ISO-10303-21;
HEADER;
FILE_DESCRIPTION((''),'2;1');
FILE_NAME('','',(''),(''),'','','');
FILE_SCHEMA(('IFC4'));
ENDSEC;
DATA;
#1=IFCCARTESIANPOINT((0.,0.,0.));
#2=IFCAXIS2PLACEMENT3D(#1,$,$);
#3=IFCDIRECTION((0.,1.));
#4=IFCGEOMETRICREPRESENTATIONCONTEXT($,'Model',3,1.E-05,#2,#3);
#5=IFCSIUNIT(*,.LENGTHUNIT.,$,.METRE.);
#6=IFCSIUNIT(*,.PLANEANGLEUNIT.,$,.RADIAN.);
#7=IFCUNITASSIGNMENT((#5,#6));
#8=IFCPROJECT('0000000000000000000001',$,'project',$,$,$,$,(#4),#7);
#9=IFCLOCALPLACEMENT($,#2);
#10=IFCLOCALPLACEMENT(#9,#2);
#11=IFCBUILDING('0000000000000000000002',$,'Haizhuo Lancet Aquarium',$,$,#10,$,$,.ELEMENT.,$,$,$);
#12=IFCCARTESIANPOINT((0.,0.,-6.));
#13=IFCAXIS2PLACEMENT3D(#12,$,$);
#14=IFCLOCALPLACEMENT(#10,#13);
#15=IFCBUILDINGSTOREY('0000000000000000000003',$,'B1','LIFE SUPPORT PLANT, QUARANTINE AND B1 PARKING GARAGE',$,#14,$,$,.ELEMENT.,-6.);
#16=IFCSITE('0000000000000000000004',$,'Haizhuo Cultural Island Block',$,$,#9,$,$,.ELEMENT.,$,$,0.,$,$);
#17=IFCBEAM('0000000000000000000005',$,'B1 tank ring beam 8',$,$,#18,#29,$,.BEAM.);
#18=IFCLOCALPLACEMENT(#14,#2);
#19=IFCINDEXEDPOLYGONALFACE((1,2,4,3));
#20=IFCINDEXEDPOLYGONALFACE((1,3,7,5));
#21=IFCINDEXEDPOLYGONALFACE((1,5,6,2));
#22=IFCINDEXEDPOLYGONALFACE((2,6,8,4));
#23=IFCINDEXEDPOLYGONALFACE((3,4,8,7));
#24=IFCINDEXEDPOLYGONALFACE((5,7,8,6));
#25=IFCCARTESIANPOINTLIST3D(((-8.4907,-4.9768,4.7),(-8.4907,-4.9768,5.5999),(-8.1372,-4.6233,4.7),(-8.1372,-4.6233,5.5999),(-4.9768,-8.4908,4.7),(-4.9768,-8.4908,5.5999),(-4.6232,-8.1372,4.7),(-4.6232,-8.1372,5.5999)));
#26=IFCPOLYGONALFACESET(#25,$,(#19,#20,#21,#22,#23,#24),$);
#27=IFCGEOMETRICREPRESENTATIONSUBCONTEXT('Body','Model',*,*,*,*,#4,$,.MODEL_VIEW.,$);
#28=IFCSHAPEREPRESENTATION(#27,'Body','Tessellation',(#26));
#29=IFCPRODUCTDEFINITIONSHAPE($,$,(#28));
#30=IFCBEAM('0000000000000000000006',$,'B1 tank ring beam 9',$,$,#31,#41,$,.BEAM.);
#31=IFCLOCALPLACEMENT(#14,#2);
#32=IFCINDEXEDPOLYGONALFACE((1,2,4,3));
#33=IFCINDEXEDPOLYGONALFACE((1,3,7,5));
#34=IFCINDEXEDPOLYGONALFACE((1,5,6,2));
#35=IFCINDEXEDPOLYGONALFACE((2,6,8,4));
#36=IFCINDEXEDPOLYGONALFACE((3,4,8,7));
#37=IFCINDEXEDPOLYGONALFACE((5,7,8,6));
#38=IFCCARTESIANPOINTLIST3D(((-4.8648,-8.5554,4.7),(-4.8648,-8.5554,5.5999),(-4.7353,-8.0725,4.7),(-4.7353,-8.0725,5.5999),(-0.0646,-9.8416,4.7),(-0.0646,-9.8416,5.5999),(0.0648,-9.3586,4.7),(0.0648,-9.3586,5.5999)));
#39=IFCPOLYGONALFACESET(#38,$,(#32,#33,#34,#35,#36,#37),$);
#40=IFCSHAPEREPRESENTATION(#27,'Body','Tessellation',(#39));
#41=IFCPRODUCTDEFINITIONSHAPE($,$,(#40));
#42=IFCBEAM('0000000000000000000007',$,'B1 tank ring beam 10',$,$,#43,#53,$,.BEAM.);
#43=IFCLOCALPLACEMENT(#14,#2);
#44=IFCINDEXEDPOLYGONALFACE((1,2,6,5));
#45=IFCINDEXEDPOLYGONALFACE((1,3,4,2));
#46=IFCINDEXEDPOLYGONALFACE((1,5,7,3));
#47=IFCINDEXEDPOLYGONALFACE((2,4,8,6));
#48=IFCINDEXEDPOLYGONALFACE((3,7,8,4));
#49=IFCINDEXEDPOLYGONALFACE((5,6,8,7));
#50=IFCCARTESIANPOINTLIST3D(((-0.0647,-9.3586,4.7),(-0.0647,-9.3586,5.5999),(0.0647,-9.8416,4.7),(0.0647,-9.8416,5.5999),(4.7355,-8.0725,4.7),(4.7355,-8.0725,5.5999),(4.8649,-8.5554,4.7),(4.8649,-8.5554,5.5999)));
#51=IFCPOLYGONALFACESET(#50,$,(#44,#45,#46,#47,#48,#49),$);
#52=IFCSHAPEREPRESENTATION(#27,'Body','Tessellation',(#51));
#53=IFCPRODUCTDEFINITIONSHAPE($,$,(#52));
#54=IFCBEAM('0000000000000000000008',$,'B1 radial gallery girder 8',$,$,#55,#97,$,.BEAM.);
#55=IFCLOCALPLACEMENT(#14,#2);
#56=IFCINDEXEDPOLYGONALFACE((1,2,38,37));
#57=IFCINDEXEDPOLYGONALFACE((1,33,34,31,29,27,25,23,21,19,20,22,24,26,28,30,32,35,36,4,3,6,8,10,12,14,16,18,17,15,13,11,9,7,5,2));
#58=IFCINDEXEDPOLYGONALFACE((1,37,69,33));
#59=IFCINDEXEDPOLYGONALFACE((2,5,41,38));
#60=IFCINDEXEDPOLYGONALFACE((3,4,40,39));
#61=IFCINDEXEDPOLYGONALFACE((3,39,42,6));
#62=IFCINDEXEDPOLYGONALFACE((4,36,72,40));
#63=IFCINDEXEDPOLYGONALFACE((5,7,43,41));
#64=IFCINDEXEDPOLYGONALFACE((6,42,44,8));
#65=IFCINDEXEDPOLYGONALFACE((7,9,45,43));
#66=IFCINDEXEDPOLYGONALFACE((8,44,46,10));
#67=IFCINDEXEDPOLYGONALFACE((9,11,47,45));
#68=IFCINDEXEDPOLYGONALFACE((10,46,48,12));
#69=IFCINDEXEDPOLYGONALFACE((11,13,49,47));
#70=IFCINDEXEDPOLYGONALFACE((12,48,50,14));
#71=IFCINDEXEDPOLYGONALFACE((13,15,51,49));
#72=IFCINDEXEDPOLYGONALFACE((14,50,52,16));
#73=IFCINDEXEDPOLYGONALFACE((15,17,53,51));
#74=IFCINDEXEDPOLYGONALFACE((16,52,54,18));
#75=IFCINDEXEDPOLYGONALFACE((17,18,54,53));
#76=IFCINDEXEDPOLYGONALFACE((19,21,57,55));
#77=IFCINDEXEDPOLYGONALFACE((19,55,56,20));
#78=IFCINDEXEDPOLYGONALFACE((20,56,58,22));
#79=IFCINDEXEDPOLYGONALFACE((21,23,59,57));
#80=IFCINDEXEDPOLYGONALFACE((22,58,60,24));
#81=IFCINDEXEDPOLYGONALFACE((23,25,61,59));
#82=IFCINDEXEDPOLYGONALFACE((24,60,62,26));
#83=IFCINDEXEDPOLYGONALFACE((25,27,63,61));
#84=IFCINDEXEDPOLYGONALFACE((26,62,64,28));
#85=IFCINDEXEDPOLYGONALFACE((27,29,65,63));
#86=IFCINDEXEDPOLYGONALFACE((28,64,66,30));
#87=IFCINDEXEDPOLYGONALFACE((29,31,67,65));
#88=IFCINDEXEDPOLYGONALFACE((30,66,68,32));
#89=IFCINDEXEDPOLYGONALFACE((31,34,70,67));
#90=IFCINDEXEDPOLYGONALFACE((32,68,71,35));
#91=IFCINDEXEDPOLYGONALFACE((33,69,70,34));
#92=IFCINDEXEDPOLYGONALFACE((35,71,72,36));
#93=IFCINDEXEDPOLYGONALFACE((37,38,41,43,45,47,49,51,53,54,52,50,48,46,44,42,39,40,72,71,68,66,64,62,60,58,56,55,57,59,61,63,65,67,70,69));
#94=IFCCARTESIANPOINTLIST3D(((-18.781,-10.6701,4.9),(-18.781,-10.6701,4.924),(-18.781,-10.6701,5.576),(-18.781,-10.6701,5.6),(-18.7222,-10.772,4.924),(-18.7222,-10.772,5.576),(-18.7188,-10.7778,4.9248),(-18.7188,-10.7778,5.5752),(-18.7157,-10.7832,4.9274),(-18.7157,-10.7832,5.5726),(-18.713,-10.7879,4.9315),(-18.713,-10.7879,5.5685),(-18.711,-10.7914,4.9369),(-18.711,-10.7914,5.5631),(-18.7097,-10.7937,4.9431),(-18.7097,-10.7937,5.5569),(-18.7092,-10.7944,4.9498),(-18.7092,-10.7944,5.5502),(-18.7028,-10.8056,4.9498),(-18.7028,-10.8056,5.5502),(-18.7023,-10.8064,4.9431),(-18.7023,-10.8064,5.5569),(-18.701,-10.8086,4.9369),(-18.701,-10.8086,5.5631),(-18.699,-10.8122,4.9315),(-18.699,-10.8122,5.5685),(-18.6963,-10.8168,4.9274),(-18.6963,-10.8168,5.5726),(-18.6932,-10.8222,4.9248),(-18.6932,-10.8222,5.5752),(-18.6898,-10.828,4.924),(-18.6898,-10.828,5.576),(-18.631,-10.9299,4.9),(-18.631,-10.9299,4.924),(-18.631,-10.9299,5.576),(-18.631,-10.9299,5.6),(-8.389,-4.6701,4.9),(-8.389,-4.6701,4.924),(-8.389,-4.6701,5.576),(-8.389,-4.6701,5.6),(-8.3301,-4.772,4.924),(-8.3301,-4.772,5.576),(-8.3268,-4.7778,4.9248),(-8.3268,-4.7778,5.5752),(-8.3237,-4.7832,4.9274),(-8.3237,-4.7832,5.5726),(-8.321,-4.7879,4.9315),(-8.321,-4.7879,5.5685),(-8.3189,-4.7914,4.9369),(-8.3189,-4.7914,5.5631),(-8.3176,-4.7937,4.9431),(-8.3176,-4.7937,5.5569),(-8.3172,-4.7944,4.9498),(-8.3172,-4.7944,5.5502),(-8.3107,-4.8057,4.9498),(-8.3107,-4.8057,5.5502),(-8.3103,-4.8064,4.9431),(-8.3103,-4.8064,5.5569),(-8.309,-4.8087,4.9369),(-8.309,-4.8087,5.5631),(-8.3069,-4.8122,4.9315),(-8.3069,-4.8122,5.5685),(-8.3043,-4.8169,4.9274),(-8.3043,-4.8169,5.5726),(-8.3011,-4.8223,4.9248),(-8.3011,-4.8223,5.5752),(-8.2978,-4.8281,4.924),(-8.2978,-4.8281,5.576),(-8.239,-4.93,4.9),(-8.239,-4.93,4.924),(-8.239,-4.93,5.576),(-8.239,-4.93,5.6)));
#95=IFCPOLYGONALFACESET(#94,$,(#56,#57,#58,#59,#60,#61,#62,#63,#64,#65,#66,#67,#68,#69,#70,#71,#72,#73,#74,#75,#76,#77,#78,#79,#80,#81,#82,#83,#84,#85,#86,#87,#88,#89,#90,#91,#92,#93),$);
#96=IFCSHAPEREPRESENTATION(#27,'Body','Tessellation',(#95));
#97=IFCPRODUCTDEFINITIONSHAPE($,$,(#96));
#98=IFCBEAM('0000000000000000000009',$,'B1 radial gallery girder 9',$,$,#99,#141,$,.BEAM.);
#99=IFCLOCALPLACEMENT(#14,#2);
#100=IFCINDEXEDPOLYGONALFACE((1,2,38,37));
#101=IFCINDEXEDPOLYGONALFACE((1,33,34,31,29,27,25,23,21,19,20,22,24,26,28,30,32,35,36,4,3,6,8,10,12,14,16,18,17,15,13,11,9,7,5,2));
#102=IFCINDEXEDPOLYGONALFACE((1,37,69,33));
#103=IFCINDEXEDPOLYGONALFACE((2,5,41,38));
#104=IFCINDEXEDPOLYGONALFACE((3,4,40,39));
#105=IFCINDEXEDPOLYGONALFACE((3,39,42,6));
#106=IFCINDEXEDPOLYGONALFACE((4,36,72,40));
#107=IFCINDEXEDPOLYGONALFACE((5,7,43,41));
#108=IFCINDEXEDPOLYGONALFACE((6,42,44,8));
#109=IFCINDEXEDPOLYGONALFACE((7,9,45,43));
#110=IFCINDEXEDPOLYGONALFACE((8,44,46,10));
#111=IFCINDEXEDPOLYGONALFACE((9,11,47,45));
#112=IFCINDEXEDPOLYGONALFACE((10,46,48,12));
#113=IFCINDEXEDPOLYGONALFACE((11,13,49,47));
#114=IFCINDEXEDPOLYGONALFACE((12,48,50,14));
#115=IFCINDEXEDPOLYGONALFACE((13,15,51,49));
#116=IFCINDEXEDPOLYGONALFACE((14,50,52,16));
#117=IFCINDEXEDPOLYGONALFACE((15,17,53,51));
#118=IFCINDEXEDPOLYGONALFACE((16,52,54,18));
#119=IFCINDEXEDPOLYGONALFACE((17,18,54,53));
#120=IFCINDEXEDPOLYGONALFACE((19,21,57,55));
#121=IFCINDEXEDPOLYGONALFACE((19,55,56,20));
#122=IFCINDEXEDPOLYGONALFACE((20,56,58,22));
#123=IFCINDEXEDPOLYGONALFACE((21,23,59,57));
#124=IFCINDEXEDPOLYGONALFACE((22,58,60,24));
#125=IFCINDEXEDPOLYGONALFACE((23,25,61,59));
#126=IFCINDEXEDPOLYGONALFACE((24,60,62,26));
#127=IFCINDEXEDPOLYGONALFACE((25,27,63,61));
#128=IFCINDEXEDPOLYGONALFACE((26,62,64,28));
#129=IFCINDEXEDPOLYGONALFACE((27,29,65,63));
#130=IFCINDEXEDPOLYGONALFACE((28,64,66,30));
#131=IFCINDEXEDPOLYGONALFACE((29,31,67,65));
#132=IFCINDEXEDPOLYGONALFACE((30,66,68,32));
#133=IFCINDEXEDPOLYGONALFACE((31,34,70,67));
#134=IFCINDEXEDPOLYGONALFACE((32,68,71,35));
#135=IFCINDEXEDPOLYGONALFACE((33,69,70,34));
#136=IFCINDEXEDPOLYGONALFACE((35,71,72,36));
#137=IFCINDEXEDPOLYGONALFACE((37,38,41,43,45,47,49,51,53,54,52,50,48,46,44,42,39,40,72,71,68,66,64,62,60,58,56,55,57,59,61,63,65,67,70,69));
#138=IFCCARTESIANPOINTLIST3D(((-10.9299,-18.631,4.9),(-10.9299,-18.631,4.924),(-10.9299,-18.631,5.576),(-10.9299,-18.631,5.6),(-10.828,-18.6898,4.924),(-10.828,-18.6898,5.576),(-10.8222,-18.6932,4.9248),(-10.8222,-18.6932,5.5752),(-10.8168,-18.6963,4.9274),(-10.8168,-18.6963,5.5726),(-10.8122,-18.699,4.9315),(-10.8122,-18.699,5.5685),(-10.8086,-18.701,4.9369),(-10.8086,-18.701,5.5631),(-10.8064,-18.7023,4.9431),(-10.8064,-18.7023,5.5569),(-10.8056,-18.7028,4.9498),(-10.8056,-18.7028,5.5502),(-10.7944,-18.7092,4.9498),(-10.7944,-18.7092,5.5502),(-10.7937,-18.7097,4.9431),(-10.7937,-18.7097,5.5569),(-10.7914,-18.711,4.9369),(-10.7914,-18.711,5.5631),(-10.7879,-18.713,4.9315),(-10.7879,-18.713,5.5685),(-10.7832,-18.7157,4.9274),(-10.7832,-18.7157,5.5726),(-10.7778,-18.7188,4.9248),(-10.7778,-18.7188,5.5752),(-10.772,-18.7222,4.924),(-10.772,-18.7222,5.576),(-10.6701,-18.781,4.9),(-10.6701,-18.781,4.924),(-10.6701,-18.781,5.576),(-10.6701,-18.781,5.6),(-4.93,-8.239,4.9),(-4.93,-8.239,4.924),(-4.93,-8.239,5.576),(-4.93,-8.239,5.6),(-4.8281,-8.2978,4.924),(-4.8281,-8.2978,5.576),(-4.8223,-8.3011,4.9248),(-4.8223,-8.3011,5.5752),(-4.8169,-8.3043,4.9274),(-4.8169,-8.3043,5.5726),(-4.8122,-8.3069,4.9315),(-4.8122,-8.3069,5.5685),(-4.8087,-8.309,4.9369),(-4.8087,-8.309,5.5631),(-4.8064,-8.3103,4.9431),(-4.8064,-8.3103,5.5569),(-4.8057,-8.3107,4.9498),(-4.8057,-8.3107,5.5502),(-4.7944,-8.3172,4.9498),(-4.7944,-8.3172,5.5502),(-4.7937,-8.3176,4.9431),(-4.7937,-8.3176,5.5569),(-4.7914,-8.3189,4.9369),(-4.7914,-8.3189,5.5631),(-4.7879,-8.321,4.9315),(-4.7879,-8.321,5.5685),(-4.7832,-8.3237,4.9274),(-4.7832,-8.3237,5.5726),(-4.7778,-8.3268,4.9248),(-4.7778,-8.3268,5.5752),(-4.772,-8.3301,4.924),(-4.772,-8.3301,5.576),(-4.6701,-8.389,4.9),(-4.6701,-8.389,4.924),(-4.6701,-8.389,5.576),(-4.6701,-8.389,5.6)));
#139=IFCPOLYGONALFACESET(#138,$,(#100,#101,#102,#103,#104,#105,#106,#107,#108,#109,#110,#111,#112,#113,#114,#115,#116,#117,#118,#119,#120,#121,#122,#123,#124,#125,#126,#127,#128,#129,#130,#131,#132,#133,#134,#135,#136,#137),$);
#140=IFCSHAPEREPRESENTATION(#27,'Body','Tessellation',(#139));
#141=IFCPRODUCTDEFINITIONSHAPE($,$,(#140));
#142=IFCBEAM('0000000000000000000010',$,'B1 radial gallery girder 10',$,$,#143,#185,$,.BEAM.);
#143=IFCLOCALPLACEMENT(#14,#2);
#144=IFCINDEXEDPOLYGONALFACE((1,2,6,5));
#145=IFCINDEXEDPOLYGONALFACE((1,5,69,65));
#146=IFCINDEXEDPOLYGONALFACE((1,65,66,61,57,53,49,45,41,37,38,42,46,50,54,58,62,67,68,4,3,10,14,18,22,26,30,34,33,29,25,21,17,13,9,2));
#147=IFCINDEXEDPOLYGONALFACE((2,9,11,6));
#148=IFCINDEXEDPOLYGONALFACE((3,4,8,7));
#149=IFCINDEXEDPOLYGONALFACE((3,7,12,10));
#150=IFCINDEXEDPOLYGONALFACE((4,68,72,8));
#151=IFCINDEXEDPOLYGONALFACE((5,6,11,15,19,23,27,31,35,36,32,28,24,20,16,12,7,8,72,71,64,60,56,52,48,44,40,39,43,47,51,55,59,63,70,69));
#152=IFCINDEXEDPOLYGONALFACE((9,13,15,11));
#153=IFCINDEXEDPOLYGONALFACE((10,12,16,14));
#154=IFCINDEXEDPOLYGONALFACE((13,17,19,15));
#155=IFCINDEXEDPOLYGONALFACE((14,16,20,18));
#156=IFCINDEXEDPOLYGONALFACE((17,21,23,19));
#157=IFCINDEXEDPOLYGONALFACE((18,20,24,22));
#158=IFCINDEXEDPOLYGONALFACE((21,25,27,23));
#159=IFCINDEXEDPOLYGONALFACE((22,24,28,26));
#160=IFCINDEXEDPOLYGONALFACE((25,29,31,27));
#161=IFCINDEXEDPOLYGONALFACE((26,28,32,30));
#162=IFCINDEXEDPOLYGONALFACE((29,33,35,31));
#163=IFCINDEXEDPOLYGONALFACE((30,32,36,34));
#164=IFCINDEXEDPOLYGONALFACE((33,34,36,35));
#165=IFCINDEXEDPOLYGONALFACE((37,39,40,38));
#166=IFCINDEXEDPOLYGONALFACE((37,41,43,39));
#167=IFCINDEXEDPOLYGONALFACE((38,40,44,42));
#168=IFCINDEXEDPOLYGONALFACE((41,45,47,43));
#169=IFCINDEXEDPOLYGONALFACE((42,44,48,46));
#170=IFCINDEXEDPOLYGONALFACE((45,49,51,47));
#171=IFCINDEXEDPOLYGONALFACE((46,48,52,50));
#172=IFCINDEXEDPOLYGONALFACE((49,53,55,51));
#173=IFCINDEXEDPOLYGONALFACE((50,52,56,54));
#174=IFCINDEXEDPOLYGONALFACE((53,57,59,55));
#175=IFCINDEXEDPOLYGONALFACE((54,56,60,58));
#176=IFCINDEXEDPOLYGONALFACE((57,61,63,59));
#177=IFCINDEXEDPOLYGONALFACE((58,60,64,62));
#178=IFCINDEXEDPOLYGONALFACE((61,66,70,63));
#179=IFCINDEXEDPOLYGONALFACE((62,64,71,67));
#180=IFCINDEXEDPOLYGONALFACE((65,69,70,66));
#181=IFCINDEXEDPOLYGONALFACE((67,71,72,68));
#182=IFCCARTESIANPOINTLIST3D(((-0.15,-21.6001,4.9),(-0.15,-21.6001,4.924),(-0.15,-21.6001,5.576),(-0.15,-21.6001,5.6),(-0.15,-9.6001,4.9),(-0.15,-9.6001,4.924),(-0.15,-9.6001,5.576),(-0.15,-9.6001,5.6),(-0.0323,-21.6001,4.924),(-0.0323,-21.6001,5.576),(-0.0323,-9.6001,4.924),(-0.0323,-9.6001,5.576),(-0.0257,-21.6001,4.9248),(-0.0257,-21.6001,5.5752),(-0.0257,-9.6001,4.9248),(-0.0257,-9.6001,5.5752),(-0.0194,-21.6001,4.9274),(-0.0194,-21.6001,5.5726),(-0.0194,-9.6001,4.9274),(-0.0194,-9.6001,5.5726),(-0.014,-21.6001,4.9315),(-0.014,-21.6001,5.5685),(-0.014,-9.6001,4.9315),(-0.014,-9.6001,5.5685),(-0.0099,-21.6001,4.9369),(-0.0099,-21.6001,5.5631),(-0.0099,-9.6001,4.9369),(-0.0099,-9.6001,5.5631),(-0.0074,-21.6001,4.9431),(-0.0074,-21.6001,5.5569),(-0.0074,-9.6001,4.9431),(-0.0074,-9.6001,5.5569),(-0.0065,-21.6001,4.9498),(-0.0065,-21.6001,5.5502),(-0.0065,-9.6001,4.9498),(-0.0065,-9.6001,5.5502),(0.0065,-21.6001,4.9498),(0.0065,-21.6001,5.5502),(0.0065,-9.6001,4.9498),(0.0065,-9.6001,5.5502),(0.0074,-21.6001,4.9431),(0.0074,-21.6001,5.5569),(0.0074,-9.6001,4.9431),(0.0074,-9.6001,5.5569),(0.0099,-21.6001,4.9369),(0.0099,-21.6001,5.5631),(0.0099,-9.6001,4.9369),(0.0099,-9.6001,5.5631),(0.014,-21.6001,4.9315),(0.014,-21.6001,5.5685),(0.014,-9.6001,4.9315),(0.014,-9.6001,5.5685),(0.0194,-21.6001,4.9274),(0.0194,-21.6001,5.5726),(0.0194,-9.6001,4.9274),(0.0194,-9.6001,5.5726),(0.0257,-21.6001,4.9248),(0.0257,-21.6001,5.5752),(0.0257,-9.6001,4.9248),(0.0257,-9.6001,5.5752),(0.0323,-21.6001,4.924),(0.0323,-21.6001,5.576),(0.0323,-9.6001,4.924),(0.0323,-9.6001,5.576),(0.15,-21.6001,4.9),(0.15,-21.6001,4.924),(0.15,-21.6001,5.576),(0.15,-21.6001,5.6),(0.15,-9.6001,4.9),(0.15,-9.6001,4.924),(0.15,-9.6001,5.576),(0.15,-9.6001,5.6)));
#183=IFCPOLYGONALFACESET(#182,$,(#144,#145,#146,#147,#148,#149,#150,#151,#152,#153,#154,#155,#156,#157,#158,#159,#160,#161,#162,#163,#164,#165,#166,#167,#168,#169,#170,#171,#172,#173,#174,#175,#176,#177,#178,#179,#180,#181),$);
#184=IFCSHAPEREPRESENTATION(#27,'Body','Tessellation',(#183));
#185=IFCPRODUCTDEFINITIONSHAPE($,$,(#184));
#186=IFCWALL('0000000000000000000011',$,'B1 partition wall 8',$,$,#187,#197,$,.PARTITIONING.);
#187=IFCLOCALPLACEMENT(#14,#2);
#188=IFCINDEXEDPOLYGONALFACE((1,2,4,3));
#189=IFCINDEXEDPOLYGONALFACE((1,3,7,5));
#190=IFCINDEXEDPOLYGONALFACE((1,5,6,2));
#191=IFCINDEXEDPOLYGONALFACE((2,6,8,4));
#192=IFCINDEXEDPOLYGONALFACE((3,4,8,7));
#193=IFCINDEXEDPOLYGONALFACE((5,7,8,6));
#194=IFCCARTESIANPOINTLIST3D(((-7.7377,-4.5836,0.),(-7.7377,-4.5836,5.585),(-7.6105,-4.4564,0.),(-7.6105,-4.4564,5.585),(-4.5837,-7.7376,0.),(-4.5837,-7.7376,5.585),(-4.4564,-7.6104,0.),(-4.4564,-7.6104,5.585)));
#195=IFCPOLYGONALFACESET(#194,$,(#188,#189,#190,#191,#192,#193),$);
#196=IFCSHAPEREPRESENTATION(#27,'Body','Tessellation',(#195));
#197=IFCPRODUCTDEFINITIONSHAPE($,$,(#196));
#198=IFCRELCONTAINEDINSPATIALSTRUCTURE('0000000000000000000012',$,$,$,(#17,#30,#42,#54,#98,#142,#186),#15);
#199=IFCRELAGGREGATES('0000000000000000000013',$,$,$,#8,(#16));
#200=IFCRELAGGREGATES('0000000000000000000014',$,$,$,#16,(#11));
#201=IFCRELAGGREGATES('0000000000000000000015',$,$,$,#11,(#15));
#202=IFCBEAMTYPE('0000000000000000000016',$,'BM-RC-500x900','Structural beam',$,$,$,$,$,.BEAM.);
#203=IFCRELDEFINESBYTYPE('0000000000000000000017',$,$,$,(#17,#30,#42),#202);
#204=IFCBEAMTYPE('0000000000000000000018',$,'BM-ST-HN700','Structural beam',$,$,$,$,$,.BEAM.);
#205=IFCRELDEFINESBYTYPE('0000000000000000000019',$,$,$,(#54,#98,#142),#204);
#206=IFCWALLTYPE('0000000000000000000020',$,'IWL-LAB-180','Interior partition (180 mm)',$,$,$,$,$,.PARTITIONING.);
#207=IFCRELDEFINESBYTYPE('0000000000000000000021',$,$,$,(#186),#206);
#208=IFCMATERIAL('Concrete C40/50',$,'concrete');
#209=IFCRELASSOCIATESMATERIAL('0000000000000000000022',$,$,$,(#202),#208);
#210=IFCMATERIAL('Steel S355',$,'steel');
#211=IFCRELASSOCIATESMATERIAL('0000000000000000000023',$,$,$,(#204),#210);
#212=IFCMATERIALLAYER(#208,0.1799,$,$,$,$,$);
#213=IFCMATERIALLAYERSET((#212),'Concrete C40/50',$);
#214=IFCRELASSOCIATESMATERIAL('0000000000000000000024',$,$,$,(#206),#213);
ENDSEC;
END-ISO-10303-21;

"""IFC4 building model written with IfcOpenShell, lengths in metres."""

from ifc_helpers import new_model, si_unit, direction, frame, frame_2d, origin, origin_2d, place, context, subcontext, project, spatial, rectangle, i_section, extrude, material, layer, layer_set, material_profile, profile_set, type_object, element, save


model = new_model("IFC4")

# Units and contexts
model_context = context("Model", 3, precision=1e-05, world=origin(), true_north=direction((0.0, 1.0)))
body_context = subcontext(model_context, "Body", "Model", "MODEL_VIEW")
ifc_project = project(units=[si_unit("LENGTHUNIT", "METRE"), si_unit("PLANEANGLEUNIT", "RADIAN")], contexts=[model_context])

# Site, building, storey
site_placement = place(None, origin())
site = spatial("IfcSite", under=ifc_project, at=site_placement, Name="Haizhuo Cultural Island Block", CompositionType="ELEMENT", RefElevation=0.0)
building_placement = place(site_placement, origin())
building = spatial("IfcBuilding", under=site, at=building_placement, Name="Haizhuo Lancet Aquarium", CompositionType="ELEMENT")
storey_placement = place(building_placement, frame((0.0, 0.0, -6.0)))
storey = spatial("IfcBuildingStorey", under=building, at=storey_placement, Name="B1", Description="LIFE SUPPORT PLANT, QUARANTINE AND B1 PARKING GARAGE", CompositionType="ELEMENT", Elevation=-6.0)

# Shared definitions
ifc_material_1 = material(Name="Concrete C40/50", Category="concrete")

# Beams
ifc_material_profile_1 = material_profile(ifc_material_1, rectangle(XDim=0.5, YDim=0.8999, at=origin_2d()), Name="RC-BM 500x900")
ifc_profile_set_1 = profile_set([ifc_material_profile_1], Name="Concrete C40/50")
beam_type_1 = type_object("IfcBeamType", Name="BM-RC-500x900", Description="Structural beam", PredefinedType="BEAM", material=ifc_profile_set_1)
for number, where, z_axis, x_axis, name in (
    (1, (-8.314, -4.8, 5.1499), (0.707107, -0.707107, 0.0), (0.707107, 0.707107, 0.0), "B1 tank ring beam 8"),
    (2, (-4.8, -8.314, 5.1499), (0.965928, -0.258812, 0.0), (0.258812, 0.965928, 0.0), "B1 tank ring beam 9"),
    (3, (0.0, -9.6001, 5.1499), (0.965928, 0.258812, 0.0), (-0.258812, 0.965928, 0.0), "B1 tank ring beam 10"),
):
    element("IfcBeam", number, at=place(storey_placement, frame(where, z_axis=z_axis, x_axis=x_axis)), inside=storey, type_object=beam_type_1, Name=name, PredefinedType="BEAM", context=body_context, shape_type="SweptSolid", body=[
        extrude(rectangle(XDim=0.5, YDim=0.8999, at=origin_2d()), origin(), (0.0, 0.0, 1.0), 4.9695),
    ])
ifc_material_2 = material(Name="Steel S355", Category="steel")
ifc_material_profile_2 = material_profile(ifc_material_2, i_section(OverallWidth=0.3, OverallDepth=0.7, WebThickness=0.0129, FlangeThickness=0.0239, FilletRadius=0.0259, at=origin_2d()), Name="HN 700x300x13x24")
ifc_profile_set_2 = profile_set([ifc_material_profile_2], Name="Steel S355")
beam_type_2 = type_object("IfcBeamType", Name="BM-ST-HN700", Description="Structural beam", PredefinedType="BEAM", material=ifc_profile_set_2)
for number, where, z_axis, x_axis, name in (
    (4, (-8.314, -4.8, 5.25), (-0.866021, -0.500008, 0.0), (0.500008, -0.866021, 0.0), "B1 radial gallery girder 8"),
    (5, (-4.8, -8.314, 5.25), (-0.500008, -0.866021, 0.0), (0.866021, -0.500008, 0.0), "B1 radial gallery girder 9"),
):
    element("IfcBeam", number, at=place(storey_placement, frame(where, z_axis=z_axis, x_axis=x_axis)), inside=storey, type_object=beam_type_2, Name=name, PredefinedType="BEAM", context=body_context, shape_type="SweptSolid", body=[
        extrude(i_section(OverallWidth=0.3, OverallDepth=0.7, WebThickness=0.0129, FlangeThickness=0.0239, FilletRadius=0.0259, at=origin_2d()), origin(), (0.0, 0.0, 1.0), 11.9998),
    ])
beam_placement = place(storey_placement, frame((0.0, -9.6001, 5.25), z_axis=(0.0, -1.0, 0.0), x_axis=(1.0, 0.0, 0.0)))
element("IfcBeam", 6, at=beam_placement, inside=storey, type_object=beam_type_2, Name="B1 radial gallery girder 10", PredefinedType="BEAM", context=body_context, shape_type="SweptSolid", body=[
    extrude(i_section(OverallWidth=0.3, OverallDepth=0.7, WebThickness=0.0129, FlangeThickness=0.0239, FilletRadius=0.0259, at=origin_2d()), origin(), (0.0, 0.0, 1.0), 12.0),
])

# Wall
ifc_layer_1 = layer(ifc_material_1, 0.1799)
ifc_layer_set_1 = layer_set([ifc_layer_1], Name="Concrete C40/50")
wall_type_1 = type_object("IfcWallType", Name="IWL-LAB-180", Description="Interior partition (180 mm)", PredefinedType="PARTITIONING", material=ifc_layer_set_1)
wall_1_placement = place(storey_placement, frame((-7.6741, -4.52, 0.0), z_axis=(0.0, 0.0, 1.0), x_axis=(0.707107, -0.707107, 0.0)))
element("IfcWall", 7, at=wall_1_placement, inside=storey, type_object=wall_type_1, Name="B1 partition wall 8", PredefinedType="PARTITIONING", context=body_context, shape_type="SweptSolid", body=[
    extrude(rectangle(XDim=4.4604, YDim=0.1799, at=frame_2d((2.2302, 0.0))), origin(), (0.0, 0.0, 1.0), 5.585),
])

save(model, "model.ifc")
